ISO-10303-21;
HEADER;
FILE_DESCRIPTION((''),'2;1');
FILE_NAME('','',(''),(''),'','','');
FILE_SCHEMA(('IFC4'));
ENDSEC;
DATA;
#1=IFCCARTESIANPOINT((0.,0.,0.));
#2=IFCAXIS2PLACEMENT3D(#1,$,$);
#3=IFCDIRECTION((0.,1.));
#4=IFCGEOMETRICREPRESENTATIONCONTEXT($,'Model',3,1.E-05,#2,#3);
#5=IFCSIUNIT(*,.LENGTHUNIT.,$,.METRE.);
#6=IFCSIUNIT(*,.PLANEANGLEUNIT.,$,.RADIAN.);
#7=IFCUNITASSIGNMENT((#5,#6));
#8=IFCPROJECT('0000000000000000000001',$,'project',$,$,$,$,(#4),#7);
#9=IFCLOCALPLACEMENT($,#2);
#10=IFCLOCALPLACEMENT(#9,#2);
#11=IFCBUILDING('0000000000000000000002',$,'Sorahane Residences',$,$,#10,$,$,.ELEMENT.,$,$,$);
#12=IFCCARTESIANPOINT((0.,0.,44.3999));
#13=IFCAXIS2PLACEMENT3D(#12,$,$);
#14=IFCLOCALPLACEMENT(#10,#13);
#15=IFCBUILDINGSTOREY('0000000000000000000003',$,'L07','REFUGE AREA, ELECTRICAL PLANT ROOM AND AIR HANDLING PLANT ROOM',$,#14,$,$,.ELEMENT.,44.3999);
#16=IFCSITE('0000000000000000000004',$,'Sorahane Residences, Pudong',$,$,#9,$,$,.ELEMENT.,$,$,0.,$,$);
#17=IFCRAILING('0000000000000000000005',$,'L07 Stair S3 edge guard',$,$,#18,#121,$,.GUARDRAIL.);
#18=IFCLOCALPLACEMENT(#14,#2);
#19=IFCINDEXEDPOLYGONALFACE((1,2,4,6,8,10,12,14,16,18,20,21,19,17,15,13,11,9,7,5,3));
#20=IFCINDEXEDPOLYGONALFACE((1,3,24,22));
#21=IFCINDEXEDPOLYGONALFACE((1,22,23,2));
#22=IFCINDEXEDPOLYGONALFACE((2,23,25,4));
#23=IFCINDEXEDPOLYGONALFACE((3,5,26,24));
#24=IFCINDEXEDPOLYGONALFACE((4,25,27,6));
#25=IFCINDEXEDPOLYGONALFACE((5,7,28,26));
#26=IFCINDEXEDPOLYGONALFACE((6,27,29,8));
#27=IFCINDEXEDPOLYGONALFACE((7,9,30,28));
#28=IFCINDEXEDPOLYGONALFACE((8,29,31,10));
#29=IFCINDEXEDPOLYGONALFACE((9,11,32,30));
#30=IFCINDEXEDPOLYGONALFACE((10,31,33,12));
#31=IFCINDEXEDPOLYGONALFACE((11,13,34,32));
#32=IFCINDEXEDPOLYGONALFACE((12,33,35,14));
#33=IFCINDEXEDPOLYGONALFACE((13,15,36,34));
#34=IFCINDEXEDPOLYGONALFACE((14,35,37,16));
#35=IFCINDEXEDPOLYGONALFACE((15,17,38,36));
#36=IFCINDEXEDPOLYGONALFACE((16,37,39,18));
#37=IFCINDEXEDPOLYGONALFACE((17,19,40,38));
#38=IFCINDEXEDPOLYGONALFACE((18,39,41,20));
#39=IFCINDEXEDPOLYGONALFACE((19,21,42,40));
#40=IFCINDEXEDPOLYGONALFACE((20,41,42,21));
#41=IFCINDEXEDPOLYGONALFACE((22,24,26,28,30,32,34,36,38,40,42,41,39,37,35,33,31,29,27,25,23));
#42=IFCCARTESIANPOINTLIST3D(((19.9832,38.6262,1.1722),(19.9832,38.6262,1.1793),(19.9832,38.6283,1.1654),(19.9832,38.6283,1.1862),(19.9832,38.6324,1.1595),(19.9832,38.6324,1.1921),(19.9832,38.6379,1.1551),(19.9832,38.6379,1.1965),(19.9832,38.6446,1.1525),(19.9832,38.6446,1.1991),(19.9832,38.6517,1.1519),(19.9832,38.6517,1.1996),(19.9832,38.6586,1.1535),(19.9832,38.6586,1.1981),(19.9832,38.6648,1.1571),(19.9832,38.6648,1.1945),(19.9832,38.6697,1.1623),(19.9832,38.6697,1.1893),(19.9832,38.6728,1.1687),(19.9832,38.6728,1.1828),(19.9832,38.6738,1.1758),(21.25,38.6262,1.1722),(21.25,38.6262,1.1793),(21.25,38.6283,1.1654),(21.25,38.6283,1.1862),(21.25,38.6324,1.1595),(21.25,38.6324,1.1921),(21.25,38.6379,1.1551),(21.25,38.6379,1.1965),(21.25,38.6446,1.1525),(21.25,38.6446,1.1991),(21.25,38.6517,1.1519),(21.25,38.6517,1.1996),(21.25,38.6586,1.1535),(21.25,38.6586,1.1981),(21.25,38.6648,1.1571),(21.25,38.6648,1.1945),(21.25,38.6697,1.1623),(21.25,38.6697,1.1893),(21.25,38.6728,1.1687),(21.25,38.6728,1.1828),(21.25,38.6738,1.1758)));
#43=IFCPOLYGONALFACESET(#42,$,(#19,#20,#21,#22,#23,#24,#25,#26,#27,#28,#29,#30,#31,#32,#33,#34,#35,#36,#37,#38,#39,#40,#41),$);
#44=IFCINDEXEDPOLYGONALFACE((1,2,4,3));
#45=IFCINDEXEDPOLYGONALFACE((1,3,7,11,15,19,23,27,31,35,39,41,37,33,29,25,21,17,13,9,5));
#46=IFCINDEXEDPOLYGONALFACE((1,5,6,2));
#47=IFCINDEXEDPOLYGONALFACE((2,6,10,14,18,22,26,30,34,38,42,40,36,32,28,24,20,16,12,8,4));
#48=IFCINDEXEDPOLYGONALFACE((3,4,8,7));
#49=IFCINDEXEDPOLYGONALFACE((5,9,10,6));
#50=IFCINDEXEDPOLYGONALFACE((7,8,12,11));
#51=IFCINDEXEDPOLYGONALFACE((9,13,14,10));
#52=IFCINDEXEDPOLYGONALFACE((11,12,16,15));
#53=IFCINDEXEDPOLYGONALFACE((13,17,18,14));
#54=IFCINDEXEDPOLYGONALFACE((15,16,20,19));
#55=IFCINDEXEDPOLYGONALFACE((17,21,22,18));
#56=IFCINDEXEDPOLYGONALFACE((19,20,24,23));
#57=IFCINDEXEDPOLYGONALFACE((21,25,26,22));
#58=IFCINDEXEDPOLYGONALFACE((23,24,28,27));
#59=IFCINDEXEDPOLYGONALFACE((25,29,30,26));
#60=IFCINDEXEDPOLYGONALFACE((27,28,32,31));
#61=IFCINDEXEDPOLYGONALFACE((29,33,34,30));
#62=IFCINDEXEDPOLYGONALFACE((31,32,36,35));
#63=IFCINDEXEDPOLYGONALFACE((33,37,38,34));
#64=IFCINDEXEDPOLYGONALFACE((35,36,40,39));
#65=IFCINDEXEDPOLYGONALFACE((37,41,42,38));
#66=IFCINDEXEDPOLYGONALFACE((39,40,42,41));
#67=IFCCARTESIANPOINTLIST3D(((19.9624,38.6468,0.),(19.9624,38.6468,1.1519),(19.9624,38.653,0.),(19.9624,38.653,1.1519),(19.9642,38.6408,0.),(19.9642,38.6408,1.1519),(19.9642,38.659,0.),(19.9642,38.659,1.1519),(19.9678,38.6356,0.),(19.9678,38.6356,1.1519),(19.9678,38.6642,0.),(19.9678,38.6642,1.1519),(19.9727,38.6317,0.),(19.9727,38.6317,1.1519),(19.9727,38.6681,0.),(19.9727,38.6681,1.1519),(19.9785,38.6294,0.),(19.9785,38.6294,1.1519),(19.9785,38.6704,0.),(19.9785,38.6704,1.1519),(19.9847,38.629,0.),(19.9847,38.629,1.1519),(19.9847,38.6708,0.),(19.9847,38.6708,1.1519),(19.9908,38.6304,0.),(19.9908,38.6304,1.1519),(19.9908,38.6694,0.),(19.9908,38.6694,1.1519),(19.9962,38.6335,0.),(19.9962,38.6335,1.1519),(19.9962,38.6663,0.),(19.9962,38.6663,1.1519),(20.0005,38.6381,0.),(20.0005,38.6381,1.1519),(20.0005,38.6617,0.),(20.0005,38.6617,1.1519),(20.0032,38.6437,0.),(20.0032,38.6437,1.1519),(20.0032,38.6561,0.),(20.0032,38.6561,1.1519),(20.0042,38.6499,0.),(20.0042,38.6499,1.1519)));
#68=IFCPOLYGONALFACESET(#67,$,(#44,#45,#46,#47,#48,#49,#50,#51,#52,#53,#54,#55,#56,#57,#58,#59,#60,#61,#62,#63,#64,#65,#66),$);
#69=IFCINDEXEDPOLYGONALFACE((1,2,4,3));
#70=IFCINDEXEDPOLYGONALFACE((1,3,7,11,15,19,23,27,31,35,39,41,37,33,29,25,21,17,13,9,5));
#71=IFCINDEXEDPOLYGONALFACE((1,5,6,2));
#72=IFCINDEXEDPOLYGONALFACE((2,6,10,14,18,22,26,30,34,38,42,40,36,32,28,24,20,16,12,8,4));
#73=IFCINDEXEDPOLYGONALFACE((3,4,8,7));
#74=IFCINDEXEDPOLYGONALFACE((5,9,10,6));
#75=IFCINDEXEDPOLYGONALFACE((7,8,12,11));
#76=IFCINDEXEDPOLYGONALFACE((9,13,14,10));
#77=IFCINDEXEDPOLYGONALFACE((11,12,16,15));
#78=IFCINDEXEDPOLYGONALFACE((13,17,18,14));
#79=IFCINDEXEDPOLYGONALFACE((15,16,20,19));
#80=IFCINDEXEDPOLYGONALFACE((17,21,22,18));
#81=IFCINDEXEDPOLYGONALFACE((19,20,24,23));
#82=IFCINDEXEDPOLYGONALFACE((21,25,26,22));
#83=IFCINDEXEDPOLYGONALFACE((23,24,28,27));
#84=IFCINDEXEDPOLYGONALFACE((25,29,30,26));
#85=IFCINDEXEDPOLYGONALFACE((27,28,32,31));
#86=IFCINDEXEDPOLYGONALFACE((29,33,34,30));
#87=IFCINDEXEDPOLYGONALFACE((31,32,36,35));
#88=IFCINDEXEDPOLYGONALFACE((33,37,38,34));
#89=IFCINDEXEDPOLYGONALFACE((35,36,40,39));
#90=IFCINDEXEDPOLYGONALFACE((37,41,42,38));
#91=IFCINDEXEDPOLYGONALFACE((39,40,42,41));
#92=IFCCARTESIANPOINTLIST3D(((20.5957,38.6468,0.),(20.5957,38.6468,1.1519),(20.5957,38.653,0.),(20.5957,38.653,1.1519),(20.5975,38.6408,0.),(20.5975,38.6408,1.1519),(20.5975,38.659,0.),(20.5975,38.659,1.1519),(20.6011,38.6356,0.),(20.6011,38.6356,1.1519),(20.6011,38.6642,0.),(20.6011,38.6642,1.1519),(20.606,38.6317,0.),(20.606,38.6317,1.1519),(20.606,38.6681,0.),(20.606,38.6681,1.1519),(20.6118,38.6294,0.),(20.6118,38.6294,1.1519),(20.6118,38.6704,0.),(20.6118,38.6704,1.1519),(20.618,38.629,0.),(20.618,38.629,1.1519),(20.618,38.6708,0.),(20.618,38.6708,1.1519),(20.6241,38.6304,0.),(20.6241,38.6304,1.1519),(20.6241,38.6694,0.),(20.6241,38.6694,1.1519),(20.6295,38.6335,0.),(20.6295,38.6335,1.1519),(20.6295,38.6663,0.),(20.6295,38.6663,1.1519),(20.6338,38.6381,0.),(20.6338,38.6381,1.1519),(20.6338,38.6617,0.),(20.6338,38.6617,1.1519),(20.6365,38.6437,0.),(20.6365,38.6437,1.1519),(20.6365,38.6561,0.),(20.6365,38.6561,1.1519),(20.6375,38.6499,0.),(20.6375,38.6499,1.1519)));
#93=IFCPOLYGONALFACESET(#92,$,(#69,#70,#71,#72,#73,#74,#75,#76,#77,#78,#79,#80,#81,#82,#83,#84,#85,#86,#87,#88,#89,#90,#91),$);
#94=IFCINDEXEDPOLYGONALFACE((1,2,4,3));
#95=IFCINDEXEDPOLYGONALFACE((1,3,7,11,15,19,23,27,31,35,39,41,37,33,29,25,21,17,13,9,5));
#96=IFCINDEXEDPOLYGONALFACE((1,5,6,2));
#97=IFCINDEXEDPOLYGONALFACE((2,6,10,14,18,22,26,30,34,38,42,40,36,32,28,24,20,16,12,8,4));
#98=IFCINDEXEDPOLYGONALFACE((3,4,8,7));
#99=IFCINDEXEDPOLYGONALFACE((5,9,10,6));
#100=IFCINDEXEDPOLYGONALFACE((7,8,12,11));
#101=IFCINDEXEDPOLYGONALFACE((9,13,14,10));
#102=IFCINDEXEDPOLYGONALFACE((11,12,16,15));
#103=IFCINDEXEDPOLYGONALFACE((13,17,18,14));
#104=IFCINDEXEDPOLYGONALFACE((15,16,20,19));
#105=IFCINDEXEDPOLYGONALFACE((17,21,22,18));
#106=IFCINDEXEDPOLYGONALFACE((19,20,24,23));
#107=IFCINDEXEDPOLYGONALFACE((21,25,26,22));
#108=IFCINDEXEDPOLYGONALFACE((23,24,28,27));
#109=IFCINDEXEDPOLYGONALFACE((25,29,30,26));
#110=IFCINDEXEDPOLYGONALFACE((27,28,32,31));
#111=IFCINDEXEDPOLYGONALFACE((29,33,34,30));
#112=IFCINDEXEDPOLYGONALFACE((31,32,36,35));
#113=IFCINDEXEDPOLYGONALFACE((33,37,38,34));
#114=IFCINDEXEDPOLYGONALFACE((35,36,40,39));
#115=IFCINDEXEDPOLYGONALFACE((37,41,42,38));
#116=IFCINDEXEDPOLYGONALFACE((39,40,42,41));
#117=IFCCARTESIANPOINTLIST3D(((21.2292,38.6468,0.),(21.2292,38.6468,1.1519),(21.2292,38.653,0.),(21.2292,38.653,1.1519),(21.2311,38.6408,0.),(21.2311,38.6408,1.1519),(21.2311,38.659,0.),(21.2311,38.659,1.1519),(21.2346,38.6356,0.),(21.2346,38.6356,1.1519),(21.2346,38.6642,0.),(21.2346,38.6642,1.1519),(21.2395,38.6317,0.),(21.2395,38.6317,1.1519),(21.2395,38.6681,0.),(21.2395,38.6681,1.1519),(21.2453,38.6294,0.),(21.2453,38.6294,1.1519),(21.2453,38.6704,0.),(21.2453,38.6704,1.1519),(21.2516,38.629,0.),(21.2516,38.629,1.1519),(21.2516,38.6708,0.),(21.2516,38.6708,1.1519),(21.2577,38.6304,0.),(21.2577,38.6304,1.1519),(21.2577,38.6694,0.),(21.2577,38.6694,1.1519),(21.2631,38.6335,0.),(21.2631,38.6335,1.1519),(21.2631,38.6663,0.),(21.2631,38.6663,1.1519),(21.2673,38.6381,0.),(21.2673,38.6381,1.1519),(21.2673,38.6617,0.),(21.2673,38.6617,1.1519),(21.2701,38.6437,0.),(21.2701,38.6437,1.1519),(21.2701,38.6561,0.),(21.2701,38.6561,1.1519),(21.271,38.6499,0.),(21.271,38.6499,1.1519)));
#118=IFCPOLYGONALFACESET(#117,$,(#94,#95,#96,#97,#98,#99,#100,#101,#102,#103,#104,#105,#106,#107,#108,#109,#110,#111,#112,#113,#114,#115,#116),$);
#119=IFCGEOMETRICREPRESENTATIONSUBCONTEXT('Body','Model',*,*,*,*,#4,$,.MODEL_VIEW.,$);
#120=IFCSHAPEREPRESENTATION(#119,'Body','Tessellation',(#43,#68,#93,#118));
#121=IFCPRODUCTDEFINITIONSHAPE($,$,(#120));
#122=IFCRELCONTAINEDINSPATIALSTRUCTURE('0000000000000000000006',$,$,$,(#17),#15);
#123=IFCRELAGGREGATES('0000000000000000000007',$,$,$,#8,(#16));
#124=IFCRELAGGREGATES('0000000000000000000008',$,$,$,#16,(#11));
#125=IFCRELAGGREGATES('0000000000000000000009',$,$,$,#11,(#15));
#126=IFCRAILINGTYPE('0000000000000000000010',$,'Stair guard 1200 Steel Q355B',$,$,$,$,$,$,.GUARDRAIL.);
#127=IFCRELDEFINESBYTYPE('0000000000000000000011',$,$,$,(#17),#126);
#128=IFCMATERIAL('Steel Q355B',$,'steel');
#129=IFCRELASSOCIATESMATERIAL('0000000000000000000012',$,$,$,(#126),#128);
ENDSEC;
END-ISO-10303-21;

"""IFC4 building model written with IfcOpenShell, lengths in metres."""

from ifc_helpers import new_model, si_unit, direction, frame, origin, origin_2d, place, context, subcontext, project, spatial, circle, extrude, material, type_object, element, save


model = new_model("IFC4")

# Units and contexts
model_context = context("Model", 3, precision=1e-05, world=origin(), true_north=direction((0.0, 1.0)))
body_context = subcontext(model_context, "Body", "Model", "MODEL_VIEW")
ifc_project = project(units=[si_unit("LENGTHUNIT", "METRE"), si_unit("PLANEANGLEUNIT", "RADIAN")], contexts=[model_context])

# Site, building, storey
site_placement = place(None, origin())
site = spatial("IfcSite", under=ifc_project, at=site_placement, Name="Sorahane Residences, Pudong", CompositionType="ELEMENT", RefElevation=0.0)
building_placement = place(site_placement, origin())
building = spatial("IfcBuilding", under=site, at=building_placement, Name="Sorahane Residences", CompositionType="ELEMENT")
storey_placement = place(building_placement, frame((0.0, 0.0, 44.3999)))
storey = spatial("IfcBuildingStorey", under=building, at=storey_placement, Name="L07", Description="REFUGE AREA, ELECTRICAL PLANT ROOM AND AIR HANDLING PLANT ROOM", CompositionType="ELEMENT", Elevation=44.3999)

# Railing
ifc_material_1 = material(Name="Steel Q355B", Category="steel")
railing_type = type_object("IfcRailingType", Name="Stair guard 1200 Steel Q355B", PredefinedType="GUARDRAIL", material=ifc_material_1)
railing_1_placement = place(storey_placement, frame((19.9832, 38.6499, 0.0)))
element("IfcRailing", 1, at=railing_1_placement, inside=storey, type_object=railing_type, Name="L07 Stair S3 edge guard", PredefinedType="GUARDRAIL", context=body_context, shape_type="SweptSolid", body=[
    extrude(circle(Radius=0.0239, at=origin_2d()), frame((0.0, 0.0, 1.1758), z_axis=(1.0, 0.0, 0.0), x_axis=(0.0, 1.0, 0.0)), (0.0, 0.0, 1.0), 1.2668),
    extrude(circle(Radius=0.021, at=origin_2d()), origin(), (0.0, 0.0, 1.0), 1.1519),
    extrude(circle(Radius=0.021, at=origin_2d()), frame((0.6333, 0.0, 0.0)), (0.0, 0.0, 1.0), 1.1519),
    extrude(circle(Radius=0.021, at=origin_2d()), frame((1.2668, 0.0, 0.0)), (0.0, 0.0, 1.0), 1.1519),
])

save(model, "model.ifc")
